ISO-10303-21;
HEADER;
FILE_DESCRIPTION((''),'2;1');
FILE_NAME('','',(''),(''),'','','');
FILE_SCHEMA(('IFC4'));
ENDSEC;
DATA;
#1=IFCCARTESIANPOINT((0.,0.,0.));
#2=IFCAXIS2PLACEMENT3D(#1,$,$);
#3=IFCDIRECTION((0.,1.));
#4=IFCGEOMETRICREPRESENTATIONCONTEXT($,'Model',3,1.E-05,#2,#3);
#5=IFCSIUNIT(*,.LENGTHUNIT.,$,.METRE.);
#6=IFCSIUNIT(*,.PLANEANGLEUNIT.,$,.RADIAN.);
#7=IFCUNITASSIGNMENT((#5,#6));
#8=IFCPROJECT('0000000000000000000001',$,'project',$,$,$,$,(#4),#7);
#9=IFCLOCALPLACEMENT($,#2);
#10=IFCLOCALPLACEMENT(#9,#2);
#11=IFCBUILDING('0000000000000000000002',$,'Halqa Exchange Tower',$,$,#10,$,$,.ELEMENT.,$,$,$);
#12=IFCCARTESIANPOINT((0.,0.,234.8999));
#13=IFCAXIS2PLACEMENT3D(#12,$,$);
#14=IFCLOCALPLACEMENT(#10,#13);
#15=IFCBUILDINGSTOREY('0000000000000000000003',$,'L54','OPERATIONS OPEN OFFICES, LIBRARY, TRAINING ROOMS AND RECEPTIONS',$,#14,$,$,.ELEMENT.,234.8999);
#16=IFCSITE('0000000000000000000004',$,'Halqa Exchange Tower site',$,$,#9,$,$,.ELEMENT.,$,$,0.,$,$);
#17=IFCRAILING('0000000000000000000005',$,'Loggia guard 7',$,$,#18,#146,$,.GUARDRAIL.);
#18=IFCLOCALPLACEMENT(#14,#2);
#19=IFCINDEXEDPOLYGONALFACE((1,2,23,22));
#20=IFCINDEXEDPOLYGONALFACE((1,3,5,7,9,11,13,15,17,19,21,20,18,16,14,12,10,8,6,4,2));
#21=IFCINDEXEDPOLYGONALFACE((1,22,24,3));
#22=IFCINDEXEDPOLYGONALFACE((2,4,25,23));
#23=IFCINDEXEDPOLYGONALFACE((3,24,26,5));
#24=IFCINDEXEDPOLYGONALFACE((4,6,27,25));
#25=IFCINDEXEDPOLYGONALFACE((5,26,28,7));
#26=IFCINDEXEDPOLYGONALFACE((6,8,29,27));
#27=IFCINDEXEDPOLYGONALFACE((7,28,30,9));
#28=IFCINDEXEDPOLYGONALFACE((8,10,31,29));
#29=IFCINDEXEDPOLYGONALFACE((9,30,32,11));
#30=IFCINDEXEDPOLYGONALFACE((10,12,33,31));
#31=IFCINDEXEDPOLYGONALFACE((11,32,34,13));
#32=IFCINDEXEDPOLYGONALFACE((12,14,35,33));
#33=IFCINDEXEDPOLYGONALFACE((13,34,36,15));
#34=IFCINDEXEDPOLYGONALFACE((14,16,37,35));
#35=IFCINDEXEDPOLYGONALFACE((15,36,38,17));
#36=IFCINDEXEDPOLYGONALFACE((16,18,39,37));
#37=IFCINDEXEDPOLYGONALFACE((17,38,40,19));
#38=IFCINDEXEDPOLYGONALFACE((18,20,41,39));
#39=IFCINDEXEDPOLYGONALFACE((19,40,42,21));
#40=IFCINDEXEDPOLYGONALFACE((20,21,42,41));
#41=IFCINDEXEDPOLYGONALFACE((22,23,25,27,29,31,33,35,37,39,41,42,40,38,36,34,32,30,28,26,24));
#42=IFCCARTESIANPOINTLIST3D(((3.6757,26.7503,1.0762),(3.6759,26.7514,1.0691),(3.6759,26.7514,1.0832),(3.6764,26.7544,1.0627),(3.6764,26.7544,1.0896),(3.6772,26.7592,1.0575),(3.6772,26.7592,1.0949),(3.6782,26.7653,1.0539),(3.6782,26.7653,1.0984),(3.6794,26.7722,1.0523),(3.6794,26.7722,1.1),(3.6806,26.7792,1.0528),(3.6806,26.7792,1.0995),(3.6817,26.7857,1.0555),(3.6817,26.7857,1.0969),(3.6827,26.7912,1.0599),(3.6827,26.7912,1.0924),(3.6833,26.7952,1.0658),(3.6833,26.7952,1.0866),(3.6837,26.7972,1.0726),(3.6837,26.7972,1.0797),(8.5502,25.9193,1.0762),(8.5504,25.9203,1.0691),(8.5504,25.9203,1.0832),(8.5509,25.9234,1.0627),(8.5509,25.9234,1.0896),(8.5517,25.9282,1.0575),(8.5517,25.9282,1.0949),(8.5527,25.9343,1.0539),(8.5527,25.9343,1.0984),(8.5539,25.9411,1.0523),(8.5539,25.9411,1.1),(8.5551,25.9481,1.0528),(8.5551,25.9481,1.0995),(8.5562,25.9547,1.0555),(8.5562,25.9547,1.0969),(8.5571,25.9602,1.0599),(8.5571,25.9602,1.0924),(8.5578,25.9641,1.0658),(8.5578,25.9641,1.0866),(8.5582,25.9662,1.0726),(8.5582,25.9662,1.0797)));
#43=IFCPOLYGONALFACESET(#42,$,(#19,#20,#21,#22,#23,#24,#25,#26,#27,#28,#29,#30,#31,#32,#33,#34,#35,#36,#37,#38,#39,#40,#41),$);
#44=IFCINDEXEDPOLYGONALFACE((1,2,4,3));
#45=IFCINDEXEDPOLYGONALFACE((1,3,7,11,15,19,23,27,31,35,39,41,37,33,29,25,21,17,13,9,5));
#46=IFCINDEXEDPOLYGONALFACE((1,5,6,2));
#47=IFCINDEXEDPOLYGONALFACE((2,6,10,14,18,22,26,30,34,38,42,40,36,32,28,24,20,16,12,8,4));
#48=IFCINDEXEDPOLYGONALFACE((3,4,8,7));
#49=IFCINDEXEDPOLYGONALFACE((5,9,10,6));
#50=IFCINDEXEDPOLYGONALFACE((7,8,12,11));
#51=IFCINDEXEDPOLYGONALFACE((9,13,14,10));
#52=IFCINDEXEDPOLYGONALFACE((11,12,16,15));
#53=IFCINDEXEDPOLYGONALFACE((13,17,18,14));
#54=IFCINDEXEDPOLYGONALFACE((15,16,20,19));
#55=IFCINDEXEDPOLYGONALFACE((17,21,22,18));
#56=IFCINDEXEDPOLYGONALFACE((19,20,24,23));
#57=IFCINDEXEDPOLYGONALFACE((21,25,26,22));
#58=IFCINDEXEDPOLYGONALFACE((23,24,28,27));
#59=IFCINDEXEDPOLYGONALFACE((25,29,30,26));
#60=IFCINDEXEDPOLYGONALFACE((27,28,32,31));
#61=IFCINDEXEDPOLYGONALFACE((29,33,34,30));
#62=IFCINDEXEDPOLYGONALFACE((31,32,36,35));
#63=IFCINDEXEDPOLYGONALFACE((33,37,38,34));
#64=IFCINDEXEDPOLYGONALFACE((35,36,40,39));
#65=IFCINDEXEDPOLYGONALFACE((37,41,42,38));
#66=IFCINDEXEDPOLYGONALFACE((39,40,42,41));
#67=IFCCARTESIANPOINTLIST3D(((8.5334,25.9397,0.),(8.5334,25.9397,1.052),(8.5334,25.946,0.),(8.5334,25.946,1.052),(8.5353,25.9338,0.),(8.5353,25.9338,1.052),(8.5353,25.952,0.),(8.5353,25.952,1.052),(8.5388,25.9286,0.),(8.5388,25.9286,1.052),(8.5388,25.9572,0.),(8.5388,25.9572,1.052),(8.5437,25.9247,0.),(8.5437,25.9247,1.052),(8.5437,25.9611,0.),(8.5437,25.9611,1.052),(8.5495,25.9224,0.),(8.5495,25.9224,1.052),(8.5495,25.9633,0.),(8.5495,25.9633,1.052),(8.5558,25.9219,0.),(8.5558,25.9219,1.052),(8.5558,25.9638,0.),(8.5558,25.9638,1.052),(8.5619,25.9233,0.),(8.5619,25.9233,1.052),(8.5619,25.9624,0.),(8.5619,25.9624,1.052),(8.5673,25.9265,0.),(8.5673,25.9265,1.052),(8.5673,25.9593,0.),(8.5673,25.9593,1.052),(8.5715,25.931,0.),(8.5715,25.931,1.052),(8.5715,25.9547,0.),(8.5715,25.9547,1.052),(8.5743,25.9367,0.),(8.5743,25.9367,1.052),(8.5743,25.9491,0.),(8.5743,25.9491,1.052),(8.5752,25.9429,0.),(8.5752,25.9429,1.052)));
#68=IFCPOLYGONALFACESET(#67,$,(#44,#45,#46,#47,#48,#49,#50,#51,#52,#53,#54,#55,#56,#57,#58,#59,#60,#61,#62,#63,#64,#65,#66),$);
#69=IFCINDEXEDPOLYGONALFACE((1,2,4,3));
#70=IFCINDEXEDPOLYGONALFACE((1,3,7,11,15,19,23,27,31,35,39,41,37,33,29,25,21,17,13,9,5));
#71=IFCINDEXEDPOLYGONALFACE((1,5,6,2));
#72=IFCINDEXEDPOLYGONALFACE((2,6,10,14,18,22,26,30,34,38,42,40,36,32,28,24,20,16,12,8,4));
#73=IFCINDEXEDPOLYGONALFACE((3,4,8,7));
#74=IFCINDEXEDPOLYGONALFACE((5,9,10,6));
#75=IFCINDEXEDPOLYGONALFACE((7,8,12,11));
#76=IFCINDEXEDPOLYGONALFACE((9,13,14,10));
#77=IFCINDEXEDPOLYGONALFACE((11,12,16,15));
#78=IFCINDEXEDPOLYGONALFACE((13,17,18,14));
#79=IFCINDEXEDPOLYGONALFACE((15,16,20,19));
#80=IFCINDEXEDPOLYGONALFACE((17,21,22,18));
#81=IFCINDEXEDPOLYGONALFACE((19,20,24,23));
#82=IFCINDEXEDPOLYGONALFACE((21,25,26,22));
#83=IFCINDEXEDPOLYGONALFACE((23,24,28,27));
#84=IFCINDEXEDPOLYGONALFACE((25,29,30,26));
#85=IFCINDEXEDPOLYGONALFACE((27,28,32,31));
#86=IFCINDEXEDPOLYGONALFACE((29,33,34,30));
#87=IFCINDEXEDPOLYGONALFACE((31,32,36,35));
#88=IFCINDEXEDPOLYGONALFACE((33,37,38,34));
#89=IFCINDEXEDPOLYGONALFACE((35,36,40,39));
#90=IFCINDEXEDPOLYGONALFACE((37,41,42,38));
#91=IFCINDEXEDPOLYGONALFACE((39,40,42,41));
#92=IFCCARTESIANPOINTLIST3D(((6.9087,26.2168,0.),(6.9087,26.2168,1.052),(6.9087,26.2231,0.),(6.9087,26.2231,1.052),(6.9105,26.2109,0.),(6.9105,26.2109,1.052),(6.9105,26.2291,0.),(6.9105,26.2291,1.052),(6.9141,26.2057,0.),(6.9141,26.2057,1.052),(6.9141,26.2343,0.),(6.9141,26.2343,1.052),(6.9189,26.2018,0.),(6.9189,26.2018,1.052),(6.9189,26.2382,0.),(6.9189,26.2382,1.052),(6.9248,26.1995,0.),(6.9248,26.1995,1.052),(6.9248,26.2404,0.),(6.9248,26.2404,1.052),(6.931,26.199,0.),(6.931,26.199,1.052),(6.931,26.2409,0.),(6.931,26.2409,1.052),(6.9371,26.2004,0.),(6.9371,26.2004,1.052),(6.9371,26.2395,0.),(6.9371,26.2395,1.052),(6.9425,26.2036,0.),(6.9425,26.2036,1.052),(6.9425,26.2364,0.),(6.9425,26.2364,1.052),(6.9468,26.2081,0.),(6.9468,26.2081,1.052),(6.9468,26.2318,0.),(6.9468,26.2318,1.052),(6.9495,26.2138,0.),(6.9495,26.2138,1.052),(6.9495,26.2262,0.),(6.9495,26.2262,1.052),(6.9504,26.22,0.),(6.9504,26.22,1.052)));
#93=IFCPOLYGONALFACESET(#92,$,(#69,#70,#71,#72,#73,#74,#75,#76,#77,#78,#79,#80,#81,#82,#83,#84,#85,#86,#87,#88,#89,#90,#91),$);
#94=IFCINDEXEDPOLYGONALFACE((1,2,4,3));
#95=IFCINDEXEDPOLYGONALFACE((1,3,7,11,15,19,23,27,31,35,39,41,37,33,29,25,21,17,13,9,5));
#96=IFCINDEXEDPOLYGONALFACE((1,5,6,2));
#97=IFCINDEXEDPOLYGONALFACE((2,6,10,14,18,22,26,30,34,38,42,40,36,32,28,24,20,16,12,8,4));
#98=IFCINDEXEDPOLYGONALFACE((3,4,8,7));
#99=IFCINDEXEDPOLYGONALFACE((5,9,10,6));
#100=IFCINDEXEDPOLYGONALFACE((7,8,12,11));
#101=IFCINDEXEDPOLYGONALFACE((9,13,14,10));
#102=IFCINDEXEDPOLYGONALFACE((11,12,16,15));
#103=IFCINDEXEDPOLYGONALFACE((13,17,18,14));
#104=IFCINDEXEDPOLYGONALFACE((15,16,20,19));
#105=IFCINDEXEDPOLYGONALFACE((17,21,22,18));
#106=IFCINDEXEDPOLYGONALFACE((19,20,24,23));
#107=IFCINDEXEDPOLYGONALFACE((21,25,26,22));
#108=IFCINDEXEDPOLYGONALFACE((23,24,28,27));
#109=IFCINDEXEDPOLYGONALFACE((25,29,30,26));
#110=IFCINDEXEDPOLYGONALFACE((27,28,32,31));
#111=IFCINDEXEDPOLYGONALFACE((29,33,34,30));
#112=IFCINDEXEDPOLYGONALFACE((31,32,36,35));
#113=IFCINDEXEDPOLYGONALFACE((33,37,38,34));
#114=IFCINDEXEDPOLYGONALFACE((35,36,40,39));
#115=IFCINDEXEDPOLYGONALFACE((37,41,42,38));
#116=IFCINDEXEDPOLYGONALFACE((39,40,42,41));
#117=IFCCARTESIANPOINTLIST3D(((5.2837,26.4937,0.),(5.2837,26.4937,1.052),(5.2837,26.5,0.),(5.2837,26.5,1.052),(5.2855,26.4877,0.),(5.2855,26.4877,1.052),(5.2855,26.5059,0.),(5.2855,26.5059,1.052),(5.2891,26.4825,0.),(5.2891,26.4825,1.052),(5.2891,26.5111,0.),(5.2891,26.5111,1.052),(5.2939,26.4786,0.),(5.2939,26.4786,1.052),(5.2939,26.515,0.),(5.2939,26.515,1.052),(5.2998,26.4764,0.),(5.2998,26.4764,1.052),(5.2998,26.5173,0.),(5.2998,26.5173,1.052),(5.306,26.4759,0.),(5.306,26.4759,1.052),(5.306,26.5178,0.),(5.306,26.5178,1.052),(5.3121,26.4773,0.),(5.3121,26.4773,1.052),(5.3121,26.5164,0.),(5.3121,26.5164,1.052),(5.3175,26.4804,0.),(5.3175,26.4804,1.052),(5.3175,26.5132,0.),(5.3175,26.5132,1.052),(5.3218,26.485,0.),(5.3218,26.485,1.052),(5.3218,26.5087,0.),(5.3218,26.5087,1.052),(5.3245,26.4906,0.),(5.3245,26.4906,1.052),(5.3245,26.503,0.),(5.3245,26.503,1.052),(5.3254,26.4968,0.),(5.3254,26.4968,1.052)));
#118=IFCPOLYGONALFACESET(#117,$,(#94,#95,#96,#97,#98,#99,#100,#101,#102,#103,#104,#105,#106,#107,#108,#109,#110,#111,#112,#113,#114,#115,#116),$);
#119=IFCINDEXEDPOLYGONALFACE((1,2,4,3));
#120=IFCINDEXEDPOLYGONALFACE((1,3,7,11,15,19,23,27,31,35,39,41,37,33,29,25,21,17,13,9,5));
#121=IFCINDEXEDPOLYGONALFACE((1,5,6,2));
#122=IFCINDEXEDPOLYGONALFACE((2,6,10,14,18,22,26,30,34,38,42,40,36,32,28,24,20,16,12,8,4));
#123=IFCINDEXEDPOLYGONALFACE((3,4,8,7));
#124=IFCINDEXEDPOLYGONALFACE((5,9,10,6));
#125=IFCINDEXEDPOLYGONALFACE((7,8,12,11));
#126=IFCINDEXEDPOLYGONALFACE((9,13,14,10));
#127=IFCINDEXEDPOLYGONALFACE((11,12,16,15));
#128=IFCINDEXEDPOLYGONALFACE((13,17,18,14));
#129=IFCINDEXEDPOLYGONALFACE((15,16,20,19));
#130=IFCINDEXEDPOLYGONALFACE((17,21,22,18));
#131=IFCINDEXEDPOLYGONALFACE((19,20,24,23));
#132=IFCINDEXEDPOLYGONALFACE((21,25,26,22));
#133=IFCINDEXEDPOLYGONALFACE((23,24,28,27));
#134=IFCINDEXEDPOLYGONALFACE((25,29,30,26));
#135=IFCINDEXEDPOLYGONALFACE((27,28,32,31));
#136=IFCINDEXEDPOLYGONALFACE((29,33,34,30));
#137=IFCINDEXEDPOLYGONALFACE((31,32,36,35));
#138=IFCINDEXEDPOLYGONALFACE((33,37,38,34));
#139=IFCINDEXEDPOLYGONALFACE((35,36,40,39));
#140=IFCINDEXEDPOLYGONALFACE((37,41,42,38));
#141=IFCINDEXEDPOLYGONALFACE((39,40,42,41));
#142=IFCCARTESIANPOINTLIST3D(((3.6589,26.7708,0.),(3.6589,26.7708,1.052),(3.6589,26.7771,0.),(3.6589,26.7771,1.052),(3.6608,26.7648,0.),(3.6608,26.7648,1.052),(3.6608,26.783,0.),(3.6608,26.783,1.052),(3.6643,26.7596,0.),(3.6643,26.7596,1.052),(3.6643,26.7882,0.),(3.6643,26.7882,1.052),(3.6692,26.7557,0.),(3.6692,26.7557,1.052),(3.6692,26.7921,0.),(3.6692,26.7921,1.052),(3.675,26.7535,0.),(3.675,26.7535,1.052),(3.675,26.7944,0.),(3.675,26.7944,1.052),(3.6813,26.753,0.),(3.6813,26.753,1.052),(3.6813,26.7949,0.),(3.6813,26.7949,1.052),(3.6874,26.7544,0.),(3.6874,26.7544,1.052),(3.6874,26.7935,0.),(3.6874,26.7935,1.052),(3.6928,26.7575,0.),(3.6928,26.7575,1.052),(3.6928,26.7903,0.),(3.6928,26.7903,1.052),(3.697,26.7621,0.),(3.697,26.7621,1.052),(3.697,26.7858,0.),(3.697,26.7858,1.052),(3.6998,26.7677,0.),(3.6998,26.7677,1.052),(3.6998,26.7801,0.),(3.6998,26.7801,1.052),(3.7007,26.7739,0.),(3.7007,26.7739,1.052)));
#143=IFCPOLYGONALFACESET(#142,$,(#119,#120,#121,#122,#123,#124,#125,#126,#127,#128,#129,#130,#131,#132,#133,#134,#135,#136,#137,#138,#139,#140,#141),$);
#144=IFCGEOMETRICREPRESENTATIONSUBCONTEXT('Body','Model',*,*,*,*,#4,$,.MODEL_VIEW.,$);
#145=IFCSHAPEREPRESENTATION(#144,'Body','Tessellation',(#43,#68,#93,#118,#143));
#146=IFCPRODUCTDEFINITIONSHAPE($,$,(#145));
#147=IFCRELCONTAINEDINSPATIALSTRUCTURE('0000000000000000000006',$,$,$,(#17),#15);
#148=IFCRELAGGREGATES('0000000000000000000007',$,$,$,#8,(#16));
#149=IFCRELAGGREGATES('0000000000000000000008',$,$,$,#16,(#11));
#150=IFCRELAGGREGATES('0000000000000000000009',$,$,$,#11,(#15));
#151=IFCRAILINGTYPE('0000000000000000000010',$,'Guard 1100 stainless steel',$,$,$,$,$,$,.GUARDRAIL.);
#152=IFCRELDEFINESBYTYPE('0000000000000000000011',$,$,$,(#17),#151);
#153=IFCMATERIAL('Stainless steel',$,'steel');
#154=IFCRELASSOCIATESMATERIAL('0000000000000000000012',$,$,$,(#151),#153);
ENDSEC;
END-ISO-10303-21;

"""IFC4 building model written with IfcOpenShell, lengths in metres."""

from ifc_helpers import new_model, si_unit, direction, frame, origin, origin_2d, place, context, subcontext, project, spatial, circle, extrude, material, type_object, element, save


model = new_model("IFC4")

# Units and contexts
model_context = context("Model", 3, precision=1e-05, world=origin(), true_north=direction((0.0, 1.0)))
body_context = subcontext(model_context, "Body", "Model", "MODEL_VIEW")
ifc_project = project(units=[si_unit("LENGTHUNIT", "METRE"), si_unit("PLANEANGLEUNIT", "RADIAN")], contexts=[model_context])

# Site, building, storey
site_placement = place(None, origin())
site = spatial("IfcSite", under=ifc_project, at=site_placement, Name="Halqa Exchange Tower site", CompositionType="ELEMENT", RefElevation=0.0)
building_placement = place(site_placement, origin())
building = spatial("IfcBuilding", under=site, at=building_placement, Name="Halqa Exchange Tower", CompositionType="ELEMENT")
storey_placement = place(building_placement, frame((0.0, 0.0, 234.8999)))
storey = spatial("IfcBuildingStorey", under=building, at=storey_placement, Name="L54", Description="OPERATIONS OPEN OFFICES, LIBRARY, TRAINING ROOMS AND RECEPTIONS", CompositionType="ELEMENT", Elevation=234.8999)

# Railing
ifc_material_1 = material(Name="Stainless steel", Category="steel")
railing_type_1 = type_object("IfcRailingType", Name="Guard 1100 stainless steel", PredefinedType="GUARDRAIL", material=ifc_material_1)
railing_1_placement = place(storey_placement, frame((8.5542, 25.9429, 0.0)))
element("IfcRailing", 1, at=railing_1_placement, inside=storey, type_object=railing_type_1, Name="Loggia guard 7", PredefinedType="GUARDRAIL", context=body_context, shape_type="SweptSolid", body=[
    extrude(circle(Radius=0.0239, at=origin_2d()), frame((0.0, 0.0, 1.0762), z_axis=(-0.985776, 0.168065, 0.0), x_axis=(-0.168065, -0.985776, 0.0)), (0.0, 0.0, 1.0), 4.9448),
    extrude(circle(Radius=0.021, at=origin_2d()), origin(), (0.0, 0.0, 1.0), 1.052),
    extrude(circle(Radius=0.021, at=origin_2d()), frame((-1.6248, 0.2771, 0.0)), (0.0, 0.0, 1.0), 1.052),
    extrude(circle(Radius=0.021, at=origin_2d()), frame((-3.2498, 0.554, 0.0)), (0.0, 0.0, 1.0), 1.052),
    extrude(circle(Radius=0.021, at=origin_2d()), frame((-4.8745, 0.8311, 0.0)), (0.0, 0.0, 1.0), 1.052),
])

save(model, "model.ifc")
